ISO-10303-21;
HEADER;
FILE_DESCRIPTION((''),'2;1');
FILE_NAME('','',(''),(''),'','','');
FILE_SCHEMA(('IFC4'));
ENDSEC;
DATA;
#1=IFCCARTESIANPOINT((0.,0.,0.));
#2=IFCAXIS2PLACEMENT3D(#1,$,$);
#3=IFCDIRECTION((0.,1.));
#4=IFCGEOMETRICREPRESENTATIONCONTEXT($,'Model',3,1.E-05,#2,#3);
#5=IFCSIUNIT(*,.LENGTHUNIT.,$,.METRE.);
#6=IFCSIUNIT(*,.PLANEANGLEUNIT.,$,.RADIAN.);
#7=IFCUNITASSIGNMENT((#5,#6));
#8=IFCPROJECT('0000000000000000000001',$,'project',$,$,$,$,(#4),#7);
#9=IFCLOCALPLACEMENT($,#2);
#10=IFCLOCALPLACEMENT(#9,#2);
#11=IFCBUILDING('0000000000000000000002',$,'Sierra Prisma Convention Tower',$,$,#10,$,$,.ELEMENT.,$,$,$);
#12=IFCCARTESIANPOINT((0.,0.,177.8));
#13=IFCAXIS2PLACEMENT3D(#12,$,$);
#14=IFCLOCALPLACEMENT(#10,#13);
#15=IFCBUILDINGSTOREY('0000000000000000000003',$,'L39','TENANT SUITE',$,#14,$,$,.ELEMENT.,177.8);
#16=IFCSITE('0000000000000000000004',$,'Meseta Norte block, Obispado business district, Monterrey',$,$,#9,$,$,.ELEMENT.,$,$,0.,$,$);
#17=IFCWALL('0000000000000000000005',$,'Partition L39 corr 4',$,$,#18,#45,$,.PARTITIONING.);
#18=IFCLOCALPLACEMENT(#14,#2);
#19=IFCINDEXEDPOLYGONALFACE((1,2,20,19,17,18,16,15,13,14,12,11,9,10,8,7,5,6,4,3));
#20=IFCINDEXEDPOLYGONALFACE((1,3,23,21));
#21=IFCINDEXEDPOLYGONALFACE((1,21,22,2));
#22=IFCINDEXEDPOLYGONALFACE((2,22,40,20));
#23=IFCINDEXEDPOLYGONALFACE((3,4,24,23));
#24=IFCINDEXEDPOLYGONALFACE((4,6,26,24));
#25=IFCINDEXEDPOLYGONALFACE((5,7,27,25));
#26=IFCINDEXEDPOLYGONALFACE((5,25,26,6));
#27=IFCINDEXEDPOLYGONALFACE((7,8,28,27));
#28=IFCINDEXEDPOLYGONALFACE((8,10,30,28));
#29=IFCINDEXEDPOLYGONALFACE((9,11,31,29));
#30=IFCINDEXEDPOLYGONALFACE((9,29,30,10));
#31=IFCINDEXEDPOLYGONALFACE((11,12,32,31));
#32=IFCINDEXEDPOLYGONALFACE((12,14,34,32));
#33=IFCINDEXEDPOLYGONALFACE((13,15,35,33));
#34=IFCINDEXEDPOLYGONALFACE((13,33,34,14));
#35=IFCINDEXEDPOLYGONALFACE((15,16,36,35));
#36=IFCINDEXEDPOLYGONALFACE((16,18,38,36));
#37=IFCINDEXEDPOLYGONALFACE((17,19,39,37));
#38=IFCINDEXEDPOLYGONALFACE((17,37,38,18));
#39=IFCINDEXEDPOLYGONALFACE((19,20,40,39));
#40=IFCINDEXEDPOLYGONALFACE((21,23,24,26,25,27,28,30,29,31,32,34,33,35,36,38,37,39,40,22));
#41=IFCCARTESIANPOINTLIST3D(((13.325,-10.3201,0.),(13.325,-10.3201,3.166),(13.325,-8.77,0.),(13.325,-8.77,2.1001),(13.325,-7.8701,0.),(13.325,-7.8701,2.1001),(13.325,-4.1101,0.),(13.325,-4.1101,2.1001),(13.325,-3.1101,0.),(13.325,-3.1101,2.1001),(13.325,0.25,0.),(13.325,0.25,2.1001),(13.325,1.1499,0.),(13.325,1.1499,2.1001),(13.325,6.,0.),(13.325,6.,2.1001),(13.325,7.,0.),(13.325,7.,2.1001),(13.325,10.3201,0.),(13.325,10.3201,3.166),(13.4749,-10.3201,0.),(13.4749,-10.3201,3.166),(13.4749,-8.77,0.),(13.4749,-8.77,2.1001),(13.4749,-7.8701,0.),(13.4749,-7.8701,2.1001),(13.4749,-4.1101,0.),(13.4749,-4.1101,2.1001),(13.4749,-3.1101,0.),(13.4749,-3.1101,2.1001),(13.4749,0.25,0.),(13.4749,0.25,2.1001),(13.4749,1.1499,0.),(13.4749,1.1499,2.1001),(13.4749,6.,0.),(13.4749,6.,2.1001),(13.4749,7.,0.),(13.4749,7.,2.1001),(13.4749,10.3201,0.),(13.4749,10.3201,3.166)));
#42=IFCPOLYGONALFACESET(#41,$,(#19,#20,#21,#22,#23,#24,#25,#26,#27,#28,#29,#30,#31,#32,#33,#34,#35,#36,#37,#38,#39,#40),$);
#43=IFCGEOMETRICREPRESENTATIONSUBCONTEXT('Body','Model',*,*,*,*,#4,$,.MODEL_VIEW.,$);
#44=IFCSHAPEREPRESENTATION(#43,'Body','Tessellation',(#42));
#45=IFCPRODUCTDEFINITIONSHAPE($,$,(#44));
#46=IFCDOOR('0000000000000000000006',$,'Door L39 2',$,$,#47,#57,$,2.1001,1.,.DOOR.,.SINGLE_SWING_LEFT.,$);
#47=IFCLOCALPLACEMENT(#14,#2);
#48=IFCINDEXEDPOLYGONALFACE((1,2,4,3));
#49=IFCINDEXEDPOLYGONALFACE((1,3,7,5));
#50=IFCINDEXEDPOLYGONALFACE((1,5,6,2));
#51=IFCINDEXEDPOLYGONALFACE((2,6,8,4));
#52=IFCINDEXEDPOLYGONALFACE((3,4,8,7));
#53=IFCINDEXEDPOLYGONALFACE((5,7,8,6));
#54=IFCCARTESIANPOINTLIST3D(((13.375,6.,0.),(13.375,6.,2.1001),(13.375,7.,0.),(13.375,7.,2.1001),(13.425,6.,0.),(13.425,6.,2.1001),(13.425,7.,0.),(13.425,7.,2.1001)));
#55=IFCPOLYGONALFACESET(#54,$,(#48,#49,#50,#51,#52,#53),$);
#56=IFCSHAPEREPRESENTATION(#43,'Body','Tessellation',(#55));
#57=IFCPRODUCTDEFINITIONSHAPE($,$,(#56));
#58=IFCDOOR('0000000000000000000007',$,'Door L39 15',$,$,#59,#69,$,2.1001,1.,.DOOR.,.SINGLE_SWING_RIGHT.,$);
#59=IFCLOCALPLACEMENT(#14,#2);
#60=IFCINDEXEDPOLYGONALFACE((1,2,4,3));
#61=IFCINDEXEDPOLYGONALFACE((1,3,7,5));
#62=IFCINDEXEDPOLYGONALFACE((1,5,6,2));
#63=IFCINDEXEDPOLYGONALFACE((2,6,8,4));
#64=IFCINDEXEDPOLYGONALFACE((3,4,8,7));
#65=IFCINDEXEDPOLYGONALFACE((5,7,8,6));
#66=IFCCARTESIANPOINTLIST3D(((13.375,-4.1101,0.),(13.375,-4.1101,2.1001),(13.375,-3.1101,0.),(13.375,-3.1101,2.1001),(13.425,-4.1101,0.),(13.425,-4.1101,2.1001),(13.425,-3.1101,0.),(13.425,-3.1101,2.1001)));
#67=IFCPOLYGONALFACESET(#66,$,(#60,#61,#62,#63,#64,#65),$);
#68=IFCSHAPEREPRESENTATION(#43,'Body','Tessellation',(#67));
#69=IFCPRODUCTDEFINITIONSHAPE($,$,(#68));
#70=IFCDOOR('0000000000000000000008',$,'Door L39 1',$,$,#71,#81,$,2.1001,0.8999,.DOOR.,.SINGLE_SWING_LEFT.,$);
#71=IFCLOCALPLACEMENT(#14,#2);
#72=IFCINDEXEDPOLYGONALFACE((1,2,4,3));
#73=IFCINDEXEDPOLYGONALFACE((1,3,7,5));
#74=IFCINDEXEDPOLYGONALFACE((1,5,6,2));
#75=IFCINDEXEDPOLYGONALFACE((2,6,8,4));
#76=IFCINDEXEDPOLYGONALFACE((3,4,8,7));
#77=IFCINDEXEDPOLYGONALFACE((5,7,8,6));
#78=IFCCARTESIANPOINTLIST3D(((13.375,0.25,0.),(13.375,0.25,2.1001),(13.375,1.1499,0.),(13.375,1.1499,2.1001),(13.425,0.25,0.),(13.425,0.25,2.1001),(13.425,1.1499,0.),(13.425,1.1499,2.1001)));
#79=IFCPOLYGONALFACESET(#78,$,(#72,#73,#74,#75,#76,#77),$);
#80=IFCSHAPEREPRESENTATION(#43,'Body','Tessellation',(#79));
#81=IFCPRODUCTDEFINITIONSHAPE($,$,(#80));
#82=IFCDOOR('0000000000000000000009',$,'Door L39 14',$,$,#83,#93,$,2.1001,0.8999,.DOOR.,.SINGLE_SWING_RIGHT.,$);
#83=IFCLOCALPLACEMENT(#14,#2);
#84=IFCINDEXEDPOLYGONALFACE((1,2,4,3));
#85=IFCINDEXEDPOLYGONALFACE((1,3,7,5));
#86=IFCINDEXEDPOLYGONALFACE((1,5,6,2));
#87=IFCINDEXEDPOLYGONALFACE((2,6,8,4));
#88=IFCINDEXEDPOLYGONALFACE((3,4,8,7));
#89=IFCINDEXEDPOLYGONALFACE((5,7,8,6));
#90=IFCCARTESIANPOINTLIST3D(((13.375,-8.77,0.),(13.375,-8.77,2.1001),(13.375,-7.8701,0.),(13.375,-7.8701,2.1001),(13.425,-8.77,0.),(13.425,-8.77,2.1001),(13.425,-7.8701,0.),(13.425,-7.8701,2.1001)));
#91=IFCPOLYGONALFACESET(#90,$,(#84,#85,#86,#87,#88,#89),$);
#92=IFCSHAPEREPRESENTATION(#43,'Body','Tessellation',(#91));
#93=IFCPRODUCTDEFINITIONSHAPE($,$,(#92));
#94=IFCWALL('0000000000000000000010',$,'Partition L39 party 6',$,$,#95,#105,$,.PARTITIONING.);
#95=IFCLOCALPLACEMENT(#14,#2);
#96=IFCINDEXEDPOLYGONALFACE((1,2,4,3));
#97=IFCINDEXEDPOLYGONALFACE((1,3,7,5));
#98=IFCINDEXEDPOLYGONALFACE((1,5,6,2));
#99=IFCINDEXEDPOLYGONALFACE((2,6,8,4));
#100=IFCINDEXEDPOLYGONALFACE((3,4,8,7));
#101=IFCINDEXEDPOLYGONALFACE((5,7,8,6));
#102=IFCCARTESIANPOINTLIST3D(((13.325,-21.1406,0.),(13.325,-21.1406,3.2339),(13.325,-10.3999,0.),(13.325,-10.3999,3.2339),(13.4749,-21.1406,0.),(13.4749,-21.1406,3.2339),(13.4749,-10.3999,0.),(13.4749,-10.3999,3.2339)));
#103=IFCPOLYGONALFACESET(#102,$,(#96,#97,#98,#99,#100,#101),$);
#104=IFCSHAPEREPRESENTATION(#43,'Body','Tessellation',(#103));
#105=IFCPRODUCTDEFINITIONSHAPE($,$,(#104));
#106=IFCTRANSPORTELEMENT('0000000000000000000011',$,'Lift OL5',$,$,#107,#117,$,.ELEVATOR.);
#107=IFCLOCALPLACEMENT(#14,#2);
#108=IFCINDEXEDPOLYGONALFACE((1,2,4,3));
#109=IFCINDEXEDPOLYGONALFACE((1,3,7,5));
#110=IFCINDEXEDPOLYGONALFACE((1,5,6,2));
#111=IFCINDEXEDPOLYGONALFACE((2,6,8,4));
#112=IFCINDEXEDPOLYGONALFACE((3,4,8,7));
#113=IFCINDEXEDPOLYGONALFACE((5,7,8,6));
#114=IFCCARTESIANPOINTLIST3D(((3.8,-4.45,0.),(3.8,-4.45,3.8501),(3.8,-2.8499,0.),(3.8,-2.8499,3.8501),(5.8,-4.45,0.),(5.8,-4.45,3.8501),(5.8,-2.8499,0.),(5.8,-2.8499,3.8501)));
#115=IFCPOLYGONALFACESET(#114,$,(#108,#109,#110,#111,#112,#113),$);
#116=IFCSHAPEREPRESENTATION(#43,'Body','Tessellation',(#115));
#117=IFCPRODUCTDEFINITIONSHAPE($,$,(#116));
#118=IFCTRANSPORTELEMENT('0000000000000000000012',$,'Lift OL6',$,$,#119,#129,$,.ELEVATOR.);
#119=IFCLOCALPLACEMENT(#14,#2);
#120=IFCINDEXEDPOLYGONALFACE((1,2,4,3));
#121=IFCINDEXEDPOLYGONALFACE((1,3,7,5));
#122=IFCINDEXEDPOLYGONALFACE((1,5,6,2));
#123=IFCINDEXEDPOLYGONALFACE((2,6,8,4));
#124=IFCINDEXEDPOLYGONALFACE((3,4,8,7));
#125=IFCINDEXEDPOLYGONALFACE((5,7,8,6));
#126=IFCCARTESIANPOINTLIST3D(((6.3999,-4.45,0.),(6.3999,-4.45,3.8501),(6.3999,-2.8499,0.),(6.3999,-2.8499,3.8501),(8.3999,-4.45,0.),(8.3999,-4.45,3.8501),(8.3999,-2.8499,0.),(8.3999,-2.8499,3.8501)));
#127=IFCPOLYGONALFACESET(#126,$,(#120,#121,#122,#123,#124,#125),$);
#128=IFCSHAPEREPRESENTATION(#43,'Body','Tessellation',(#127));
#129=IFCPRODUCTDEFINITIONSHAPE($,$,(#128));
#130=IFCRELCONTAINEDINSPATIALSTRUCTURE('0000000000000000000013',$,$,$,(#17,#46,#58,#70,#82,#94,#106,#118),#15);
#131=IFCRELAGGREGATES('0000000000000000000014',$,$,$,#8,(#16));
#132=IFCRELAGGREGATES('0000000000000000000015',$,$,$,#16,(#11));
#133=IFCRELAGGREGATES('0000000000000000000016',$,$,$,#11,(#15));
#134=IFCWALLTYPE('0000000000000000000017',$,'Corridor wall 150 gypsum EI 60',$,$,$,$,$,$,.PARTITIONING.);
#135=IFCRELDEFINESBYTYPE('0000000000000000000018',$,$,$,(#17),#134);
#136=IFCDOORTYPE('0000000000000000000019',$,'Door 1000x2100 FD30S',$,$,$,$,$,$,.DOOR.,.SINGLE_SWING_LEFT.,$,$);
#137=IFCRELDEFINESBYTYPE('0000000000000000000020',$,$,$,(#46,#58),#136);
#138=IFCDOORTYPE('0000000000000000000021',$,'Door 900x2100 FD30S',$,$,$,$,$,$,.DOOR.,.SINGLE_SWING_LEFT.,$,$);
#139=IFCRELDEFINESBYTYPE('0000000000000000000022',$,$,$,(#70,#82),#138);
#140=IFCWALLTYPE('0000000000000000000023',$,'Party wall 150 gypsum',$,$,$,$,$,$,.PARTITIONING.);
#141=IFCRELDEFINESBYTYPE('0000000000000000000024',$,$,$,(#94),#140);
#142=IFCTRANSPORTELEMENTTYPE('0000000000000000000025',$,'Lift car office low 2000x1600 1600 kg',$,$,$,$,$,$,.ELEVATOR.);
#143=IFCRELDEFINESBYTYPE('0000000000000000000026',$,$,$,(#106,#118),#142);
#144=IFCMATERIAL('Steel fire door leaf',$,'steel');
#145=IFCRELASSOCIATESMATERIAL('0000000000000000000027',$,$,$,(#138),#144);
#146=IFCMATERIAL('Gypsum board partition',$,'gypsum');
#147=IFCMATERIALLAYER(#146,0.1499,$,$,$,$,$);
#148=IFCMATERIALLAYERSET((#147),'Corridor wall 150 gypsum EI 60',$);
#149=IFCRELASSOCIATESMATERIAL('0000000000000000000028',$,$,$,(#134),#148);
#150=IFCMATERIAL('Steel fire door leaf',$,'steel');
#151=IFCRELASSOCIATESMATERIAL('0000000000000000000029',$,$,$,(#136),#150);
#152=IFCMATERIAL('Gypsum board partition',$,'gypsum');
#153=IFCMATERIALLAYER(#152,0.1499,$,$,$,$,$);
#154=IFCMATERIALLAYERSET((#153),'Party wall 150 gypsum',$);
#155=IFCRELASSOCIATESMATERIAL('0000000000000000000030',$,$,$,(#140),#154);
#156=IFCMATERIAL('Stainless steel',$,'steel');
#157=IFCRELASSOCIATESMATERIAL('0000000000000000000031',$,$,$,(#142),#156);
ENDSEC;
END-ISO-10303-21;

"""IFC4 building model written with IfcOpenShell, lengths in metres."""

from ifc_helpers import new_model, si_unit, direction, frame, frame_2d, origin, origin_2d, place, context, subcontext, project, spatial, rectangle, extrude, material, layer, layer_set, type_object, element, fill, save


model = new_model("IFC4")

# Units and contexts
model_context = context("Model", 3, precision=1e-05, world=origin(), true_north=direction((0.0, 1.0)))
body_context = subcontext(model_context, "Body", "Model", "MODEL_VIEW")
ifc_project = project(units=[si_unit("LENGTHUNIT", "METRE"), si_unit("PLANEANGLEUNIT", "RADIAN")], contexts=[model_context])

# Site, building, storey
site_placement = place(None, origin())
site = spatial("IfcSite", under=ifc_project, at=site_placement, Name="Meseta Norte block, Obispado business district, Monterrey", CompositionType="ELEMENT", RefElevation=0.0)
building_placement = place(site_placement, origin())
building = spatial("IfcBuilding", under=site, at=building_placement, Name="Sierra Prisma Convention Tower", CompositionType="ELEMENT")
storey_placement = place(building_placement, frame((0.0, 0.0, 177.8)))
storey = spatial("IfcBuildingStorey", under=building, at=storey_placement, Name="L39", Description="TENANT SUITE", CompositionType="ELEMENT", Elevation=177.8)

# Shared definitions
ifc_material_1 = material(Name="Steel fire door leaf", Category="steel")
door_type_1 = type_object("IfcDoorType", Name="Door 900x2100 FD30S", OperationType="SINGLE_SWING_LEFT", PredefinedType="DOOR", material=ifc_material_1)

# Wall, openings, doors
ifc_material_2 = material(Name="Gypsum board partition", Category="gypsum")
ifc_layer_1 = layer(ifc_material_2, 0.1499)
ifc_layer_set_1 = layer_set([ifc_layer_1], Name="Corridor wall 150 gypsum EI 60")
wall_type_1 = type_object("IfcWallType", Name="Corridor wall 150 gypsum EI 60", PredefinedType="PARTITIONING", material=ifc_layer_set_1)
wall_1_placement = place(storey_placement, frame((13.3999, -10.3201, 0.0), z_axis=(0.0, 0.0, 1.0), x_axis=(0.0, 1.0, 0.0)))
wall_1 = element("IfcWall", 1, at=wall_1_placement, inside=storey, type_object=wall_type_1, Name="Partition L39 corr 4", PredefinedType="PARTITIONING", context=body_context, shape_type="SweptSolid", body=[
    extrude(rectangle(XDim=20.6401, YDim=0.1499, at=frame_2d((10.3201, 0.0))), origin(), (0.0, 0.0, 1.0), 3.166),
])
opening_1_placement = place(wall_1_placement, frame((10.5701, 0.0, 0.0)))
opening_1 = element("IfcOpeningElement", 2, at=opening_1_placement, cuts=wall_1, PredefinedType="OPENING", context=body_context, shape_type="SweptSolid", body=[
    extrude(rectangle(XDim=0.8999, YDim=2.1001, at=frame_2d((0.45, 1.05))), frame((0.0, 0.075, 0.0), z_axis=(0.0, -1.0, 0.0), x_axis=(1.0, 0.0, 0.0)), (0.0, 0.0, 1.0), 0.1499),
])
opening_2_placement = place(wall_1_placement, frame((16.3201, 0.0, 0.0)))
opening_2 = element("IfcOpeningElement", 3, at=opening_2_placement, cuts=wall_1, PredefinedType="OPENING", context=body_context, shape_type="SweptSolid", body=[
    extrude(rectangle(XDim=1.0, YDim=2.1001, at=frame_2d((0.5, 1.05))), frame((0.0, 0.075, 0.0), z_axis=(0.0, -1.0, 0.0), x_axis=(1.0, 0.0, 0.0)), (0.0, 0.0, 1.0), 0.1499),
])
opening_3_placement = place(wall_1_placement, frame((1.55, 0.0, 0.0)))
opening_3 = element("IfcOpeningElement", 4, at=opening_3_placement, cuts=wall_1, PredefinedType="OPENING", context=body_context, shape_type="SweptSolid", body=[
    extrude(rectangle(XDim=0.8999, YDim=2.1001, at=frame_2d((0.45, 1.05))), frame((0.0, 0.075, 0.0), z_axis=(0.0, -1.0, 0.0), x_axis=(1.0, 0.0, 0.0)), (0.0, 0.0, 1.0), 0.1499),
])
opening_4_placement = place(wall_1_placement, frame((6.21, 0.0, 0.0)))
opening_4 = element("IfcOpeningElement", 5, at=opening_4_placement, cuts=wall_1, PredefinedType="OPENING", context=body_context, shape_type="SweptSolid", body=[
    extrude(rectangle(XDim=1.0, YDim=2.1001, at=frame_2d((0.5, 1.05))), frame((0.0, 0.075, 0.0), z_axis=(0.0, -1.0, 0.0), x_axis=(1.0, 0.0, 0.0)), (0.0, 0.0, 1.0), 0.1499),
])
ifc_material_3 = material(Name="Steel fire door leaf", Category="steel")
door_type_2 = type_object("IfcDoorType", Name="Door 1000x2100 FD30S", OperationType="SINGLE_SWING_LEFT", PredefinedType="DOOR", material=ifc_material_3)
door_1_placement = place(opening_2_placement, origin())
door_1 = element("IfcDoor", 6, at=door_1_placement, inside=storey, type_object=door_type_2, Name="Door L39 2", OperationType="SINGLE_SWING_LEFT", OverallHeight=2.1001, OverallWidth=1.0, PredefinedType="DOOR", context=body_context, shape_type="SweptSolid", body=[
    extrude(rectangle(XDim=1.0, YDim=2.1001, at=frame_2d((0.5, 1.05))), frame((0.0, 0.0249, 0.0), z_axis=(0.0, -1.0, 0.0), x_axis=(1.0, 0.0, 0.0)), (0.0, 0.0, 1.0), 0.05),
])
fill(opening_2, door_1)
door_2_placement = place(opening_4_placement, origin())
door_2 = element("IfcDoor", 7, at=door_2_placement, inside=storey, type_object=door_type_2, Name="Door L39 15", OperationType="SINGLE_SWING_RIGHT", OverallHeight=2.1001, OverallWidth=1.0, PredefinedType="DOOR", context=body_context, shape_type="SweptSolid", body=[
    extrude(rectangle(XDim=1.0, YDim=2.1001, at=frame_2d((0.5, 1.05))), frame((0.0, 0.0249, 0.0), z_axis=(0.0, -1.0, 0.0), x_axis=(1.0, 0.0, 0.0)), (0.0, 0.0, 1.0), 0.05),
])
fill(opening_4, door_2)
door_3_placement = place(opening_1_placement, origin())
door_3 = element("IfcDoor", 8, at=door_3_placement, inside=storey, type_object=door_type_1, Name="Door L39 1", OperationType="SINGLE_SWING_LEFT", OverallHeight=2.1001, OverallWidth=0.8999, PredefinedType="DOOR", context=body_context, shape_type="SweptSolid", body=[
    extrude(rectangle(XDim=0.8999, YDim=2.1001, at=frame_2d((0.45, 1.05))), frame((0.0, 0.0249, 0.0), z_axis=(0.0, -1.0, 0.0), x_axis=(1.0, 0.0, 0.0)), (0.0, 0.0, 1.0), 0.05),
])
fill(opening_1, door_3)
door_4_placement = place(opening_3_placement, origin())
door_4 = element("IfcDoor", 9, at=door_4_placement, inside=storey, type_object=door_type_1, Name="Door L39 14", OperationType="SINGLE_SWING_RIGHT", OverallHeight=2.1001, OverallWidth=0.8999, PredefinedType="DOOR", context=body_context, shape_type="SweptSolid", body=[
    extrude(rectangle(XDim=0.8999, YDim=2.1001, at=frame_2d((0.45, 1.05))), frame((0.0, 0.0249, 0.0), z_axis=(0.0, -1.0, 0.0), x_axis=(1.0, 0.0, 0.0)), (0.0, 0.0, 1.0), 0.05),
])
fill(opening_3, door_4)

# Wall
ifc_material_4 = material(Name="Gypsum board partition", Category="gypsum")
ifc_layer_2 = layer(ifc_material_4, 0.1499)
ifc_layer_set_2 = layer_set([ifc_layer_2], Name="Party wall 150 gypsum")
wall_type_2 = type_object("IfcWallType", Name="Party wall 150 gypsum", PredefinedType="PARTITIONING", material=ifc_layer_set_2)
wall_2_placement = place(storey_placement, frame((13.3999, -10.3999, 0.0), z_axis=(0.0, 0.0, 1.0), x_axis=(0.0, -1.0, 0.0)))
element("IfcWall", 10, at=wall_2_placement, inside=storey, type_object=wall_type_2, Name="Partition L39 party 6", PredefinedType="PARTITIONING", context=body_context, shape_type="SweptSolid", body=[
    extrude(rectangle(XDim=10.7407, YDim=0.1499, at=frame_2d((5.3704, 0.0))), origin(), (0.0, 0.0, 1.0), 3.2339),
])

# Transport elements
ifc_material_5 = material(Name="Stainless steel", Category="steel")
transport_element_type = type_object("IfcTransportElementType", Name="Lift car office low 2000x1600 1600 kg", PredefinedType="ELEVATOR", material=ifc_material_5)
for number, where, z_axis, x_axis, name in (
    (11, (4.8, -3.6499, 0.0), (0.0, 0.0, 1.0), (1.0, 0.0, 0.0), "Lift OL5"),
    (12, (7.3999, -3.6499, 0.0), (0.0, 0.0, 1.0), (1.0, 0.0, 0.0), "Lift OL6"),
):
    element("IfcTransportElement", number, at=place(storey_placement, frame(where, z_axis=z_axis, x_axis=x_axis)), inside=storey, type_object=transport_element_type, Name=name, PredefinedType="ELEVATOR", context=body_context, shape_type="SweptSolid", body=[
        extrude(rectangle(XDim=2.0, YDim=1.6001, at=origin_2d()), origin(), (0.0, 0.0, 1.0), 3.8501),
    ])

save(model, "model.ifc")
